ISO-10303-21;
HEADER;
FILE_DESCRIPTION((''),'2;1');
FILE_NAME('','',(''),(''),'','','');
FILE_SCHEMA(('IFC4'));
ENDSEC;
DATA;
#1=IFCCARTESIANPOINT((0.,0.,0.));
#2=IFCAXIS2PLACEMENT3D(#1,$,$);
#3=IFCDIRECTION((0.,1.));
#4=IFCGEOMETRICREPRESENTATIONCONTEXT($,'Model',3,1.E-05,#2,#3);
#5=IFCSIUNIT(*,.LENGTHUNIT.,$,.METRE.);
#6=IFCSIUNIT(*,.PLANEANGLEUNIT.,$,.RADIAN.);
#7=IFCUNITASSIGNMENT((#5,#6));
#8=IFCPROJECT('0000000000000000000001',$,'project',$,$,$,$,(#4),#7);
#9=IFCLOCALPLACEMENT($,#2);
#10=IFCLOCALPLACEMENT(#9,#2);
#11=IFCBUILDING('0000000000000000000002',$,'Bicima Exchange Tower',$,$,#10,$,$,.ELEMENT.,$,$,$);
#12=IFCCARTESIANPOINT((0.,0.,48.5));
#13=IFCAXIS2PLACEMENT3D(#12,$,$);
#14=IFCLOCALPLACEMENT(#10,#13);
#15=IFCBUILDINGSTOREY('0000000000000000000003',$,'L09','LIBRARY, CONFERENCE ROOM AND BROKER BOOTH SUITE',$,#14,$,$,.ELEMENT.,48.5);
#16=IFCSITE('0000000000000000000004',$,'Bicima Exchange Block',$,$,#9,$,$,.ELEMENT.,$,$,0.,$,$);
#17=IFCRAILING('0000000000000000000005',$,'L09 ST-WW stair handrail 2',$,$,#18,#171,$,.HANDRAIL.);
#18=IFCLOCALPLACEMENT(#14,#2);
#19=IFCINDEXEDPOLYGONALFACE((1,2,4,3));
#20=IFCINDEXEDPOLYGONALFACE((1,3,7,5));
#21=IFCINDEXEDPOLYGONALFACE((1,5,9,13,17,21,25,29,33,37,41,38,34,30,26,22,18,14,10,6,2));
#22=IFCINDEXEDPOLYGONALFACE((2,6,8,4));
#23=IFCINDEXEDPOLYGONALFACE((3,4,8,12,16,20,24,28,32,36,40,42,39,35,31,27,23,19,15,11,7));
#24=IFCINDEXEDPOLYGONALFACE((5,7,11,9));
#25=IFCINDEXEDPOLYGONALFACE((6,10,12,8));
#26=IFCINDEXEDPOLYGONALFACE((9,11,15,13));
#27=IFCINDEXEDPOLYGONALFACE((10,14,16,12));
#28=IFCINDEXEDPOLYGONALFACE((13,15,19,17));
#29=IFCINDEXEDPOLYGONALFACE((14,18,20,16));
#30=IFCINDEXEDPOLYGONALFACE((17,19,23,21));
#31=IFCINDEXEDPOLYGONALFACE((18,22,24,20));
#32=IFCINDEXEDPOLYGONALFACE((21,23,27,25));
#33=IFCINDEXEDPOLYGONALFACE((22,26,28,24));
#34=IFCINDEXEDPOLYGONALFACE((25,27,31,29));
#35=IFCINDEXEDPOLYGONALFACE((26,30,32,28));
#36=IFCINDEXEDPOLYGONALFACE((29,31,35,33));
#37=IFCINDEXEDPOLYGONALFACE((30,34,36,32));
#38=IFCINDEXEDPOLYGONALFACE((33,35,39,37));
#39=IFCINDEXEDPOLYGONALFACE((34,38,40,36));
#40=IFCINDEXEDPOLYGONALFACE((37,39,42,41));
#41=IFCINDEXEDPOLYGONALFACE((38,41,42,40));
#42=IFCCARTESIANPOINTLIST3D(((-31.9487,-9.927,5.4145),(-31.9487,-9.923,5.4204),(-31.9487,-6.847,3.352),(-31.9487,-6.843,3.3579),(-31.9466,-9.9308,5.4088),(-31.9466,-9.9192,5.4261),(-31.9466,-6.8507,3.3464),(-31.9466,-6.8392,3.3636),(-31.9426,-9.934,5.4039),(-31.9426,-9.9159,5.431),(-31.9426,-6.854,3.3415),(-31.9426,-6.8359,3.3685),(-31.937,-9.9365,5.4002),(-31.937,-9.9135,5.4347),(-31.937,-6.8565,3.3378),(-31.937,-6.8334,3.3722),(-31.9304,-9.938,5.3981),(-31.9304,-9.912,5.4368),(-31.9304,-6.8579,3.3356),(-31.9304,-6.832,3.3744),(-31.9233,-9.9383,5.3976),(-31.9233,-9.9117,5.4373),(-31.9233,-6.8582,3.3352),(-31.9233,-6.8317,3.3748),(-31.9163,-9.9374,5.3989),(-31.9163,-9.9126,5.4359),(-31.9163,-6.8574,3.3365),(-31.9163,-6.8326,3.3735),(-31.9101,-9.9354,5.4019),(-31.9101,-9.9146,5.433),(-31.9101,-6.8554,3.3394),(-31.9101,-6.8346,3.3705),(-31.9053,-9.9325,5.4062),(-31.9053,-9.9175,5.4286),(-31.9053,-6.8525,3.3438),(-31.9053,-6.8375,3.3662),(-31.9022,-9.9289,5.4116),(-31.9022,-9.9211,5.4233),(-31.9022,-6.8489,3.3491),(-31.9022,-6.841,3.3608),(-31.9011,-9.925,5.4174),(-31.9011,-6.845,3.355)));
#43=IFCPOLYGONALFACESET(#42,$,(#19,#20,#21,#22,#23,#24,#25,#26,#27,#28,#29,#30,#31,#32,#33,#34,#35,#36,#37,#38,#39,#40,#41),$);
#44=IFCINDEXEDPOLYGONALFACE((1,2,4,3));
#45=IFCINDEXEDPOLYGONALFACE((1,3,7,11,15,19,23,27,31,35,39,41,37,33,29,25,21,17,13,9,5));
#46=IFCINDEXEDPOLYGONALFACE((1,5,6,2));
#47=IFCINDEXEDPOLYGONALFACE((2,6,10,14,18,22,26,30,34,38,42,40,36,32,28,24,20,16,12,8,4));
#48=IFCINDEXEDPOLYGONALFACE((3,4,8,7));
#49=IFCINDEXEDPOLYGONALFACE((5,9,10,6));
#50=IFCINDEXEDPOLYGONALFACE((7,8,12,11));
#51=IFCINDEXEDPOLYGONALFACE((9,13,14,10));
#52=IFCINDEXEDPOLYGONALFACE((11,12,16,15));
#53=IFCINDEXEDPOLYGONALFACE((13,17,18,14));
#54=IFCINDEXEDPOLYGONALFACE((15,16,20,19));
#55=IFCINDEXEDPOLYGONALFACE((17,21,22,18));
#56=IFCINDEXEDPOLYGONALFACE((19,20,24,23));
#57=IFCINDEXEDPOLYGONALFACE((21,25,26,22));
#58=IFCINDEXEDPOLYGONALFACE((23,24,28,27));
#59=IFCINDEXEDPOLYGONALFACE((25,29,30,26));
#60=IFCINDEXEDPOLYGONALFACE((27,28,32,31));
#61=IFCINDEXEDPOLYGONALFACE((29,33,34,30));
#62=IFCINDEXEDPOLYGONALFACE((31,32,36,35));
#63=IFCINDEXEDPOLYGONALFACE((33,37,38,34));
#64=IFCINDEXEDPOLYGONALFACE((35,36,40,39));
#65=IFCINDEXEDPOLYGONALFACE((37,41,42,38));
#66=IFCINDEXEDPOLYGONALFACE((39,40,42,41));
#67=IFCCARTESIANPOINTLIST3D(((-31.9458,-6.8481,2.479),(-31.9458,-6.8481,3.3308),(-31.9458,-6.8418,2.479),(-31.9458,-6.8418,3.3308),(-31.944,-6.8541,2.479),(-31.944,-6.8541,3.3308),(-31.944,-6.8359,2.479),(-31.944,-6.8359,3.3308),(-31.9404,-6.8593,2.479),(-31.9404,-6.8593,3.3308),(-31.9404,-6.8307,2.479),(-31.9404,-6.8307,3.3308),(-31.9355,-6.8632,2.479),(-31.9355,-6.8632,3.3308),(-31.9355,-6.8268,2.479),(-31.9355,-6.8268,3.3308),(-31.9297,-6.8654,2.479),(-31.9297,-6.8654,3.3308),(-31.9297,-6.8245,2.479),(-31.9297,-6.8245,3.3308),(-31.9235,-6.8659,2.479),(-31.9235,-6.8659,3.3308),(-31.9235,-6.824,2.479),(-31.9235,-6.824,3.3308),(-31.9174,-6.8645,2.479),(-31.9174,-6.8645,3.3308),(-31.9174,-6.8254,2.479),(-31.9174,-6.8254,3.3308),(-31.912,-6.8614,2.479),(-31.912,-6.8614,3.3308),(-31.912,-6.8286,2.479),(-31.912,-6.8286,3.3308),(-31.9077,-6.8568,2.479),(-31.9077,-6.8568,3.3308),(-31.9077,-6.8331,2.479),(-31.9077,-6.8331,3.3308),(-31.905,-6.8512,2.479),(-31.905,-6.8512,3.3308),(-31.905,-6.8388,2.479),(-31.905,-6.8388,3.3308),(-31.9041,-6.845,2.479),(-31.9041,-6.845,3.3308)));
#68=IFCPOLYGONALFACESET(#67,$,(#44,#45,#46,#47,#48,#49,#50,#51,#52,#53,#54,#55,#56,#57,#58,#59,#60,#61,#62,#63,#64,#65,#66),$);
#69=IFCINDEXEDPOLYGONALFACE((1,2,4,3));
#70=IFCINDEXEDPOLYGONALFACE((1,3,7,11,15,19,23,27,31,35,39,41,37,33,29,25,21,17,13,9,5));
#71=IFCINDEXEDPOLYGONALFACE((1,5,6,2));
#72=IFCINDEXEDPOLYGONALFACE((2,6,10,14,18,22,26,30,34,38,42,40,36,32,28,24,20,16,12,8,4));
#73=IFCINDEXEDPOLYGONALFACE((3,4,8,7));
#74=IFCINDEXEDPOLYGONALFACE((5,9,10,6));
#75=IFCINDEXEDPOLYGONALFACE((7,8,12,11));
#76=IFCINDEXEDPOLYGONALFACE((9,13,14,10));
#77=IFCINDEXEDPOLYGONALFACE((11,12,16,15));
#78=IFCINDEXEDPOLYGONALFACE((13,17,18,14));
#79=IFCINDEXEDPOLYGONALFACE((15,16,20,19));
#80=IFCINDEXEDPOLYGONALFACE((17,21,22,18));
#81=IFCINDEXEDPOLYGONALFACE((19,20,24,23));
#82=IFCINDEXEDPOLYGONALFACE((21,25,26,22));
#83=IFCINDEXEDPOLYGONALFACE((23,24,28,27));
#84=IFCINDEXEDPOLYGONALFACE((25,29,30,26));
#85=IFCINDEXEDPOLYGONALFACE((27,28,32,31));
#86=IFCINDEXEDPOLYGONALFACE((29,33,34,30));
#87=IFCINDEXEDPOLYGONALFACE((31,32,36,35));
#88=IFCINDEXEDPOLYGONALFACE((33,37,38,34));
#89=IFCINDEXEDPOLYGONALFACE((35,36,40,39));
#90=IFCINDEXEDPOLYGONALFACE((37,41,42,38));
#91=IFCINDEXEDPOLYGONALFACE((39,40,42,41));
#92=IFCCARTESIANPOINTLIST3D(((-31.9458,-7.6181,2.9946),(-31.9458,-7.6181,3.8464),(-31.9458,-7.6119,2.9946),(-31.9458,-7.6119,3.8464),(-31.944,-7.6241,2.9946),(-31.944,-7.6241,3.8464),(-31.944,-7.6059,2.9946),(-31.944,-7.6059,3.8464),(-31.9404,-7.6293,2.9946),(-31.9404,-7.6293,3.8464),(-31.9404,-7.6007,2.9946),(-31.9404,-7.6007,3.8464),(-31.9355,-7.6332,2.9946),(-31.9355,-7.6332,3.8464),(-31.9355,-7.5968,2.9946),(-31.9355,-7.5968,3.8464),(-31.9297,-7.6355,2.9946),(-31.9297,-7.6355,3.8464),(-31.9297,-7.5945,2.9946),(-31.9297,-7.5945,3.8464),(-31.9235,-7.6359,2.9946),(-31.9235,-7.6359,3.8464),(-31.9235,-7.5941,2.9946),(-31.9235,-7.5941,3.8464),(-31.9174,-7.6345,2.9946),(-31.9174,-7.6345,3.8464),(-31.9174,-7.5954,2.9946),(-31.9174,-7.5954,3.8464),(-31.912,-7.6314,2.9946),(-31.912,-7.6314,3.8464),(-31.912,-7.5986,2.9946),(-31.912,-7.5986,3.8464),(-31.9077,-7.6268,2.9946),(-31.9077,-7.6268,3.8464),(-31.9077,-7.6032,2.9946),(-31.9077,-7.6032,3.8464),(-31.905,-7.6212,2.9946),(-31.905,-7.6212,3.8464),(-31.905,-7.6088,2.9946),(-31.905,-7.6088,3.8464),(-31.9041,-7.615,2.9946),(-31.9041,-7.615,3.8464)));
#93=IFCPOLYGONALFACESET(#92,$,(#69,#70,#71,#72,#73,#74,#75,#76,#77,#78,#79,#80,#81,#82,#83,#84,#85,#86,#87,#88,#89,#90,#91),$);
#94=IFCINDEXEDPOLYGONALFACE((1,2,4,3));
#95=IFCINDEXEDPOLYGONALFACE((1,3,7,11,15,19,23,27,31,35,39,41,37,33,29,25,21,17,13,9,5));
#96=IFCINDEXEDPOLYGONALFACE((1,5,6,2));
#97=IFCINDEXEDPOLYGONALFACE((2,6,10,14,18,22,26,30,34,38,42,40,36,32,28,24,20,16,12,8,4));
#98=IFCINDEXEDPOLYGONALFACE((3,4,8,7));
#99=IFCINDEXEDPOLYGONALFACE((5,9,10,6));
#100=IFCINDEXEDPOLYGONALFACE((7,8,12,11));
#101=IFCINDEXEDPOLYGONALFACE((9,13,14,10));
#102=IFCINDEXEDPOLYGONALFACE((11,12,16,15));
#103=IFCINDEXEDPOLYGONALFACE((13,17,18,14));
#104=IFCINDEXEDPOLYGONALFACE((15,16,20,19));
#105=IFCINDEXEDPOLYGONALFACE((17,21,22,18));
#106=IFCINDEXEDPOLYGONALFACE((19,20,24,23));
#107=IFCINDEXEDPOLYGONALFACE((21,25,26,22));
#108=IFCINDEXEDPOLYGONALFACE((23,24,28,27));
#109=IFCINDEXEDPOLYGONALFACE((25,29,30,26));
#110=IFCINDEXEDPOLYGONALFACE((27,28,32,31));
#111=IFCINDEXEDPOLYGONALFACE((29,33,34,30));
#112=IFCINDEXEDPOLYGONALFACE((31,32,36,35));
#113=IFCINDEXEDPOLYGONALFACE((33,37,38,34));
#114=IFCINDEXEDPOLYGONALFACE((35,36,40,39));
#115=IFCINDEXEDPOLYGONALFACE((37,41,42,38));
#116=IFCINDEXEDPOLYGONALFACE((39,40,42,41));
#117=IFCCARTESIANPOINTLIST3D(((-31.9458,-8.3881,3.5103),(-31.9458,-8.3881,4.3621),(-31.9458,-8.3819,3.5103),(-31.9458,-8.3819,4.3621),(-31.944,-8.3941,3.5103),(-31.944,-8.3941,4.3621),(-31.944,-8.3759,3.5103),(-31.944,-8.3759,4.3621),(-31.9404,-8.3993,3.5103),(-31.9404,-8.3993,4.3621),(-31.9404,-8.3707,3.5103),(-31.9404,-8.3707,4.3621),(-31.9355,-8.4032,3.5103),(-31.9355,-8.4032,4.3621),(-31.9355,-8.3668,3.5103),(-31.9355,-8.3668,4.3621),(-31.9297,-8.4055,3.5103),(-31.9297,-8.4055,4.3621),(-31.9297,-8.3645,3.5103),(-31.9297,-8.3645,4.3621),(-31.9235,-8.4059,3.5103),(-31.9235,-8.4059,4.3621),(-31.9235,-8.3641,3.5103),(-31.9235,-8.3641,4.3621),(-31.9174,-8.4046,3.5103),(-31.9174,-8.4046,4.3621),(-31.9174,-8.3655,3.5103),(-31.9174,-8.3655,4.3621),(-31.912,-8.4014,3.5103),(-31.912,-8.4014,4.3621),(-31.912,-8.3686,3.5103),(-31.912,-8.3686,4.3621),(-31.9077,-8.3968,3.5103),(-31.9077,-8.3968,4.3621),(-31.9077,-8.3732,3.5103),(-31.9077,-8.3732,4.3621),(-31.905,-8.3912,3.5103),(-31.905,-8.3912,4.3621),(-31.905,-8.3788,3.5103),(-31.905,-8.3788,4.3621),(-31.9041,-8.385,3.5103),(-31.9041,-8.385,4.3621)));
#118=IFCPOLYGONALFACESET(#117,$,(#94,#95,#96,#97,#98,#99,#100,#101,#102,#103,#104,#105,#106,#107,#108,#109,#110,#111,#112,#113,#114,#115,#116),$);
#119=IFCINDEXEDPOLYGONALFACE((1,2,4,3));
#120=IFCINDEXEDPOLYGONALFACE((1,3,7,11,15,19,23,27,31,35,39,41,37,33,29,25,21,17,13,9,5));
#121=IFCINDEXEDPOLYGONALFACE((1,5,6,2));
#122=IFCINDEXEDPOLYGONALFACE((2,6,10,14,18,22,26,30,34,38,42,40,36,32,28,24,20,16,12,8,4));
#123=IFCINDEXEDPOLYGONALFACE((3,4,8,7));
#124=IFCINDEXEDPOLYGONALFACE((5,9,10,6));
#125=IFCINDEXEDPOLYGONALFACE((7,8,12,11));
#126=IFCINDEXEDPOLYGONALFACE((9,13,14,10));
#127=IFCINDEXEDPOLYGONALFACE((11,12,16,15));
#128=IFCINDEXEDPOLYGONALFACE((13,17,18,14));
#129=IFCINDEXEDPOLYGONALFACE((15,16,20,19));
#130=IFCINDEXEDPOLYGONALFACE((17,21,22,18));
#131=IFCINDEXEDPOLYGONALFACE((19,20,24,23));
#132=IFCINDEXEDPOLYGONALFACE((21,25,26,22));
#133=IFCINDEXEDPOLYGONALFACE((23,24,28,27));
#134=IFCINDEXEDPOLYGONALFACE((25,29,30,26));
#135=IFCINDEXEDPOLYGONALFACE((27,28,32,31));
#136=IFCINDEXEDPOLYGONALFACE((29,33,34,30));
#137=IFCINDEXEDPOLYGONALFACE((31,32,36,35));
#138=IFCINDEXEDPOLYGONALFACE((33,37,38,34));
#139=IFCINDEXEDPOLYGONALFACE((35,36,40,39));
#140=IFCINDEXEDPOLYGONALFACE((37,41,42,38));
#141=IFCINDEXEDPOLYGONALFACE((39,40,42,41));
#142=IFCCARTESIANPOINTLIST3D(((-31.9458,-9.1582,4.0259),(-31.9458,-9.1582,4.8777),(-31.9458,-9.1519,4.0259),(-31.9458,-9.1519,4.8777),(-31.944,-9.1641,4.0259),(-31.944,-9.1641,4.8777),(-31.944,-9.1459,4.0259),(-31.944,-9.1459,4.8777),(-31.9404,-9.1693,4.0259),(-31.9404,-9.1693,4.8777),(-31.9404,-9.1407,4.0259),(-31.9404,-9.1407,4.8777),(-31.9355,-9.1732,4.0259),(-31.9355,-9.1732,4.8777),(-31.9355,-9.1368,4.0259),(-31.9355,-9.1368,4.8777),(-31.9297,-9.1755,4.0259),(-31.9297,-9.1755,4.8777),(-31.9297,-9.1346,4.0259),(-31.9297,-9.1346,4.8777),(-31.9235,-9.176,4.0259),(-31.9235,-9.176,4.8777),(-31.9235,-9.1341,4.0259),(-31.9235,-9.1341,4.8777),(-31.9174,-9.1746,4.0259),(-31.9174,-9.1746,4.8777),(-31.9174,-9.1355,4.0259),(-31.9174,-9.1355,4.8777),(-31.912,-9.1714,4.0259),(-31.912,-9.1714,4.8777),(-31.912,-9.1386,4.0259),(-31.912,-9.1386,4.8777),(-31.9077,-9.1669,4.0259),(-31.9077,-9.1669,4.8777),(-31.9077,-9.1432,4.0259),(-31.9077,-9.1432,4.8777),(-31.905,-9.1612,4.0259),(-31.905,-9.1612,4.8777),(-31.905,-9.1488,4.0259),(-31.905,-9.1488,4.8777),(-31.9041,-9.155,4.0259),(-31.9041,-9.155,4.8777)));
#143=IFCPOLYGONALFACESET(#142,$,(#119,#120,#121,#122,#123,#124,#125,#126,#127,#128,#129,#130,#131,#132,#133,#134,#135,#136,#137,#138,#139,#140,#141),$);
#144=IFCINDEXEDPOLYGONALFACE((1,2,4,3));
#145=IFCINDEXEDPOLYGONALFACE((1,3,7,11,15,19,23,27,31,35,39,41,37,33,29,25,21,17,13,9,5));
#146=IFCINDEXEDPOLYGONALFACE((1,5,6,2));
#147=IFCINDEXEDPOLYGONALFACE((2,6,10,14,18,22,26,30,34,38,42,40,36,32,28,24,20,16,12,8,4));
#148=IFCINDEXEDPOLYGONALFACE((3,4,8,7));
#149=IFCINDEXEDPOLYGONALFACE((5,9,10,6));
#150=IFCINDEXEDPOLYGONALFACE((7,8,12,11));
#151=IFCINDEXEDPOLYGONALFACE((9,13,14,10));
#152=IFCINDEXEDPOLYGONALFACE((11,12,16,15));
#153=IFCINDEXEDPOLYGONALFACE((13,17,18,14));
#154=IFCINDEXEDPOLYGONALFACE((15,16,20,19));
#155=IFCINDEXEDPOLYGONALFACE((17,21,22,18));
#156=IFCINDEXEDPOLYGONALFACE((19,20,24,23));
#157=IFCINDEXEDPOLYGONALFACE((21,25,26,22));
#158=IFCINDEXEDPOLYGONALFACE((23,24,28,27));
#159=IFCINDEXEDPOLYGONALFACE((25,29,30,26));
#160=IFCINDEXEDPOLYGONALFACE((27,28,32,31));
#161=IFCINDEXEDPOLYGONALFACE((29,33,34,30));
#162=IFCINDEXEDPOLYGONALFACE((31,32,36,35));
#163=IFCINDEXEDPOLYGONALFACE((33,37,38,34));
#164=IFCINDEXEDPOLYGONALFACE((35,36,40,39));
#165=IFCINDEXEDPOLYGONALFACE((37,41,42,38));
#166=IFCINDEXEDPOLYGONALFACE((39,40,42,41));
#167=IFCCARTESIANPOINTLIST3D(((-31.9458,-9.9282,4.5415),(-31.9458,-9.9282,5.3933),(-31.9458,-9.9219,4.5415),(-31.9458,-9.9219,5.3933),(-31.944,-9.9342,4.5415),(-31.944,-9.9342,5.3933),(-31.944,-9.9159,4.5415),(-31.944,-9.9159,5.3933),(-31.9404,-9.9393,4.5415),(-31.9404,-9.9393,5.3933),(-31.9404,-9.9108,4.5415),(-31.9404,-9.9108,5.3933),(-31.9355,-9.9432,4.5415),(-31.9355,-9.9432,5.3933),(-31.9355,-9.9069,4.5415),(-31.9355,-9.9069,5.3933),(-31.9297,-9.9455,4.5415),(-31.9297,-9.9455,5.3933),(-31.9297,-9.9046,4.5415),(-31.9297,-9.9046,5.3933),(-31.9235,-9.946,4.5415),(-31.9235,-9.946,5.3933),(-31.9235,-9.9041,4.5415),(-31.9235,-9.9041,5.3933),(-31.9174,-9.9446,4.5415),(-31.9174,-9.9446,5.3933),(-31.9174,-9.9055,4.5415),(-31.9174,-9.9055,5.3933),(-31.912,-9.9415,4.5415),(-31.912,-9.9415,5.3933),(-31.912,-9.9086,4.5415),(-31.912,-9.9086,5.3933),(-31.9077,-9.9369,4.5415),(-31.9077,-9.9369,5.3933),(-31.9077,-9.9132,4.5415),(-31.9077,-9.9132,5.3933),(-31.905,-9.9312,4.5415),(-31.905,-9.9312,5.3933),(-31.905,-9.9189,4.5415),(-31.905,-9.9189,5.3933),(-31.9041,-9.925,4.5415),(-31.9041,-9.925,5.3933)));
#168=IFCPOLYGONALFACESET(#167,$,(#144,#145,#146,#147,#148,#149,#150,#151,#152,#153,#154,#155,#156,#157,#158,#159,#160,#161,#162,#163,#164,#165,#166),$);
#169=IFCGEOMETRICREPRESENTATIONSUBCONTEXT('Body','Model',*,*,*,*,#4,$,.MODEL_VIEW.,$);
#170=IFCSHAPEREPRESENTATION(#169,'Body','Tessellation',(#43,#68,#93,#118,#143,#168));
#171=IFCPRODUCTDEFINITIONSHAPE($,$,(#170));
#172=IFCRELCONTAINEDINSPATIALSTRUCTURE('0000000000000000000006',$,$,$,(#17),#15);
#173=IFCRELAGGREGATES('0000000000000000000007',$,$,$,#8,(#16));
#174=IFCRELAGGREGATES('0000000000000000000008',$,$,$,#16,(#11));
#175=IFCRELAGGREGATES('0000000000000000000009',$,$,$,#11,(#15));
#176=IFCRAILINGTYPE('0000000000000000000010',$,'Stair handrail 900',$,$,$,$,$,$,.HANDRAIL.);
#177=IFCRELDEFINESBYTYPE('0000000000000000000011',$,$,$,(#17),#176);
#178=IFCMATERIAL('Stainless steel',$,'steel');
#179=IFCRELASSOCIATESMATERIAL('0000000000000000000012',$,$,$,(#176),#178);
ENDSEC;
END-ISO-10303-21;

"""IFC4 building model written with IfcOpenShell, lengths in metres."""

from ifc_helpers import new_model, si_unit, direction, frame, origin, origin_2d, place, context, subcontext, project, spatial, circle, extrude, material, type_object, element, save


model = new_model("IFC4")

# Units and contexts
model_context = context("Model", 3, precision=1e-05, world=origin(), true_north=direction((0.0, 1.0)))
body_context = subcontext(model_context, "Body", "Model", "MODEL_VIEW")
ifc_project = project(units=[si_unit("LENGTHUNIT", "METRE"), si_unit("PLANEANGLEUNIT", "RADIAN")], contexts=[model_context])

# Site, building, storey
site_placement = place(None, origin())
site = spatial("IfcSite", under=ifc_project, at=site_placement, Name="Bicima Exchange Block", CompositionType="ELEMENT", RefElevation=0.0)
building_placement = place(site_placement, origin())
building = spatial("IfcBuilding", under=site, at=building_placement, Name="Bicima Exchange Tower", CompositionType="ELEMENT")
storey_placement = place(building_placement, frame((0.0, 0.0, 48.5)))
storey = spatial("IfcBuildingStorey", under=building, at=storey_placement, Name="L09", Description="LIBRARY, CONFERENCE ROOM AND BROKER BOOTH SUITE", CompositionType="ELEMENT", Elevation=48.5)

# Railing
ifc_material_1 = material(Name="Stainless steel", Category="steel")
railing_type = type_object("IfcRailingType", Name="Stair handrail 900", PredefinedType="HANDRAIL", material=ifc_material_1)
railing_placement = place(storey_placement, frame((-31.925, -6.845, 2.479)))
element("IfcRailing", 1, at=railing_placement, inside=storey, type_object=railing_type, Name="L09 ST-WW stair handrail 2", PredefinedType="HANDRAIL", context=body_context, shape_type="SweptSolid", body=[
    extrude(circle(Radius=0.0239, at=origin_2d()), frame((0.0, 0.0, 0.876), z_axis=(0.0, -0.830914, 0.556401), x_axis=(1.0, 0.0, 0.0)), (0.0, 0.0, 1.0), 3.7068),
    extrude(circle(Radius=0.021, at=origin_2d()), origin(), (0.0, 0.0, 1.0), 0.8518),
    extrude(circle(Radius=0.021, at=origin_2d()), frame((0.0, -0.77, 0.5156)), (0.0, 0.0, 1.0), 0.8518),
    extrude(circle(Radius=0.021, at=origin_2d()), frame((0.0, -1.54, 1.0312)), (0.0, 0.0, 1.0), 0.8518),
    extrude(circle(Radius=0.021, at=origin_2d()), frame((0.0, -2.3101, 1.5469)), (0.0, 0.0, 1.0), 0.8518),
    extrude(circle(Radius=0.021, at=origin_2d()), frame((0.0, -3.0801, 2.0625)), (0.0, 0.0, 1.0), 0.8518),
])

save(model, "model.ifc")
